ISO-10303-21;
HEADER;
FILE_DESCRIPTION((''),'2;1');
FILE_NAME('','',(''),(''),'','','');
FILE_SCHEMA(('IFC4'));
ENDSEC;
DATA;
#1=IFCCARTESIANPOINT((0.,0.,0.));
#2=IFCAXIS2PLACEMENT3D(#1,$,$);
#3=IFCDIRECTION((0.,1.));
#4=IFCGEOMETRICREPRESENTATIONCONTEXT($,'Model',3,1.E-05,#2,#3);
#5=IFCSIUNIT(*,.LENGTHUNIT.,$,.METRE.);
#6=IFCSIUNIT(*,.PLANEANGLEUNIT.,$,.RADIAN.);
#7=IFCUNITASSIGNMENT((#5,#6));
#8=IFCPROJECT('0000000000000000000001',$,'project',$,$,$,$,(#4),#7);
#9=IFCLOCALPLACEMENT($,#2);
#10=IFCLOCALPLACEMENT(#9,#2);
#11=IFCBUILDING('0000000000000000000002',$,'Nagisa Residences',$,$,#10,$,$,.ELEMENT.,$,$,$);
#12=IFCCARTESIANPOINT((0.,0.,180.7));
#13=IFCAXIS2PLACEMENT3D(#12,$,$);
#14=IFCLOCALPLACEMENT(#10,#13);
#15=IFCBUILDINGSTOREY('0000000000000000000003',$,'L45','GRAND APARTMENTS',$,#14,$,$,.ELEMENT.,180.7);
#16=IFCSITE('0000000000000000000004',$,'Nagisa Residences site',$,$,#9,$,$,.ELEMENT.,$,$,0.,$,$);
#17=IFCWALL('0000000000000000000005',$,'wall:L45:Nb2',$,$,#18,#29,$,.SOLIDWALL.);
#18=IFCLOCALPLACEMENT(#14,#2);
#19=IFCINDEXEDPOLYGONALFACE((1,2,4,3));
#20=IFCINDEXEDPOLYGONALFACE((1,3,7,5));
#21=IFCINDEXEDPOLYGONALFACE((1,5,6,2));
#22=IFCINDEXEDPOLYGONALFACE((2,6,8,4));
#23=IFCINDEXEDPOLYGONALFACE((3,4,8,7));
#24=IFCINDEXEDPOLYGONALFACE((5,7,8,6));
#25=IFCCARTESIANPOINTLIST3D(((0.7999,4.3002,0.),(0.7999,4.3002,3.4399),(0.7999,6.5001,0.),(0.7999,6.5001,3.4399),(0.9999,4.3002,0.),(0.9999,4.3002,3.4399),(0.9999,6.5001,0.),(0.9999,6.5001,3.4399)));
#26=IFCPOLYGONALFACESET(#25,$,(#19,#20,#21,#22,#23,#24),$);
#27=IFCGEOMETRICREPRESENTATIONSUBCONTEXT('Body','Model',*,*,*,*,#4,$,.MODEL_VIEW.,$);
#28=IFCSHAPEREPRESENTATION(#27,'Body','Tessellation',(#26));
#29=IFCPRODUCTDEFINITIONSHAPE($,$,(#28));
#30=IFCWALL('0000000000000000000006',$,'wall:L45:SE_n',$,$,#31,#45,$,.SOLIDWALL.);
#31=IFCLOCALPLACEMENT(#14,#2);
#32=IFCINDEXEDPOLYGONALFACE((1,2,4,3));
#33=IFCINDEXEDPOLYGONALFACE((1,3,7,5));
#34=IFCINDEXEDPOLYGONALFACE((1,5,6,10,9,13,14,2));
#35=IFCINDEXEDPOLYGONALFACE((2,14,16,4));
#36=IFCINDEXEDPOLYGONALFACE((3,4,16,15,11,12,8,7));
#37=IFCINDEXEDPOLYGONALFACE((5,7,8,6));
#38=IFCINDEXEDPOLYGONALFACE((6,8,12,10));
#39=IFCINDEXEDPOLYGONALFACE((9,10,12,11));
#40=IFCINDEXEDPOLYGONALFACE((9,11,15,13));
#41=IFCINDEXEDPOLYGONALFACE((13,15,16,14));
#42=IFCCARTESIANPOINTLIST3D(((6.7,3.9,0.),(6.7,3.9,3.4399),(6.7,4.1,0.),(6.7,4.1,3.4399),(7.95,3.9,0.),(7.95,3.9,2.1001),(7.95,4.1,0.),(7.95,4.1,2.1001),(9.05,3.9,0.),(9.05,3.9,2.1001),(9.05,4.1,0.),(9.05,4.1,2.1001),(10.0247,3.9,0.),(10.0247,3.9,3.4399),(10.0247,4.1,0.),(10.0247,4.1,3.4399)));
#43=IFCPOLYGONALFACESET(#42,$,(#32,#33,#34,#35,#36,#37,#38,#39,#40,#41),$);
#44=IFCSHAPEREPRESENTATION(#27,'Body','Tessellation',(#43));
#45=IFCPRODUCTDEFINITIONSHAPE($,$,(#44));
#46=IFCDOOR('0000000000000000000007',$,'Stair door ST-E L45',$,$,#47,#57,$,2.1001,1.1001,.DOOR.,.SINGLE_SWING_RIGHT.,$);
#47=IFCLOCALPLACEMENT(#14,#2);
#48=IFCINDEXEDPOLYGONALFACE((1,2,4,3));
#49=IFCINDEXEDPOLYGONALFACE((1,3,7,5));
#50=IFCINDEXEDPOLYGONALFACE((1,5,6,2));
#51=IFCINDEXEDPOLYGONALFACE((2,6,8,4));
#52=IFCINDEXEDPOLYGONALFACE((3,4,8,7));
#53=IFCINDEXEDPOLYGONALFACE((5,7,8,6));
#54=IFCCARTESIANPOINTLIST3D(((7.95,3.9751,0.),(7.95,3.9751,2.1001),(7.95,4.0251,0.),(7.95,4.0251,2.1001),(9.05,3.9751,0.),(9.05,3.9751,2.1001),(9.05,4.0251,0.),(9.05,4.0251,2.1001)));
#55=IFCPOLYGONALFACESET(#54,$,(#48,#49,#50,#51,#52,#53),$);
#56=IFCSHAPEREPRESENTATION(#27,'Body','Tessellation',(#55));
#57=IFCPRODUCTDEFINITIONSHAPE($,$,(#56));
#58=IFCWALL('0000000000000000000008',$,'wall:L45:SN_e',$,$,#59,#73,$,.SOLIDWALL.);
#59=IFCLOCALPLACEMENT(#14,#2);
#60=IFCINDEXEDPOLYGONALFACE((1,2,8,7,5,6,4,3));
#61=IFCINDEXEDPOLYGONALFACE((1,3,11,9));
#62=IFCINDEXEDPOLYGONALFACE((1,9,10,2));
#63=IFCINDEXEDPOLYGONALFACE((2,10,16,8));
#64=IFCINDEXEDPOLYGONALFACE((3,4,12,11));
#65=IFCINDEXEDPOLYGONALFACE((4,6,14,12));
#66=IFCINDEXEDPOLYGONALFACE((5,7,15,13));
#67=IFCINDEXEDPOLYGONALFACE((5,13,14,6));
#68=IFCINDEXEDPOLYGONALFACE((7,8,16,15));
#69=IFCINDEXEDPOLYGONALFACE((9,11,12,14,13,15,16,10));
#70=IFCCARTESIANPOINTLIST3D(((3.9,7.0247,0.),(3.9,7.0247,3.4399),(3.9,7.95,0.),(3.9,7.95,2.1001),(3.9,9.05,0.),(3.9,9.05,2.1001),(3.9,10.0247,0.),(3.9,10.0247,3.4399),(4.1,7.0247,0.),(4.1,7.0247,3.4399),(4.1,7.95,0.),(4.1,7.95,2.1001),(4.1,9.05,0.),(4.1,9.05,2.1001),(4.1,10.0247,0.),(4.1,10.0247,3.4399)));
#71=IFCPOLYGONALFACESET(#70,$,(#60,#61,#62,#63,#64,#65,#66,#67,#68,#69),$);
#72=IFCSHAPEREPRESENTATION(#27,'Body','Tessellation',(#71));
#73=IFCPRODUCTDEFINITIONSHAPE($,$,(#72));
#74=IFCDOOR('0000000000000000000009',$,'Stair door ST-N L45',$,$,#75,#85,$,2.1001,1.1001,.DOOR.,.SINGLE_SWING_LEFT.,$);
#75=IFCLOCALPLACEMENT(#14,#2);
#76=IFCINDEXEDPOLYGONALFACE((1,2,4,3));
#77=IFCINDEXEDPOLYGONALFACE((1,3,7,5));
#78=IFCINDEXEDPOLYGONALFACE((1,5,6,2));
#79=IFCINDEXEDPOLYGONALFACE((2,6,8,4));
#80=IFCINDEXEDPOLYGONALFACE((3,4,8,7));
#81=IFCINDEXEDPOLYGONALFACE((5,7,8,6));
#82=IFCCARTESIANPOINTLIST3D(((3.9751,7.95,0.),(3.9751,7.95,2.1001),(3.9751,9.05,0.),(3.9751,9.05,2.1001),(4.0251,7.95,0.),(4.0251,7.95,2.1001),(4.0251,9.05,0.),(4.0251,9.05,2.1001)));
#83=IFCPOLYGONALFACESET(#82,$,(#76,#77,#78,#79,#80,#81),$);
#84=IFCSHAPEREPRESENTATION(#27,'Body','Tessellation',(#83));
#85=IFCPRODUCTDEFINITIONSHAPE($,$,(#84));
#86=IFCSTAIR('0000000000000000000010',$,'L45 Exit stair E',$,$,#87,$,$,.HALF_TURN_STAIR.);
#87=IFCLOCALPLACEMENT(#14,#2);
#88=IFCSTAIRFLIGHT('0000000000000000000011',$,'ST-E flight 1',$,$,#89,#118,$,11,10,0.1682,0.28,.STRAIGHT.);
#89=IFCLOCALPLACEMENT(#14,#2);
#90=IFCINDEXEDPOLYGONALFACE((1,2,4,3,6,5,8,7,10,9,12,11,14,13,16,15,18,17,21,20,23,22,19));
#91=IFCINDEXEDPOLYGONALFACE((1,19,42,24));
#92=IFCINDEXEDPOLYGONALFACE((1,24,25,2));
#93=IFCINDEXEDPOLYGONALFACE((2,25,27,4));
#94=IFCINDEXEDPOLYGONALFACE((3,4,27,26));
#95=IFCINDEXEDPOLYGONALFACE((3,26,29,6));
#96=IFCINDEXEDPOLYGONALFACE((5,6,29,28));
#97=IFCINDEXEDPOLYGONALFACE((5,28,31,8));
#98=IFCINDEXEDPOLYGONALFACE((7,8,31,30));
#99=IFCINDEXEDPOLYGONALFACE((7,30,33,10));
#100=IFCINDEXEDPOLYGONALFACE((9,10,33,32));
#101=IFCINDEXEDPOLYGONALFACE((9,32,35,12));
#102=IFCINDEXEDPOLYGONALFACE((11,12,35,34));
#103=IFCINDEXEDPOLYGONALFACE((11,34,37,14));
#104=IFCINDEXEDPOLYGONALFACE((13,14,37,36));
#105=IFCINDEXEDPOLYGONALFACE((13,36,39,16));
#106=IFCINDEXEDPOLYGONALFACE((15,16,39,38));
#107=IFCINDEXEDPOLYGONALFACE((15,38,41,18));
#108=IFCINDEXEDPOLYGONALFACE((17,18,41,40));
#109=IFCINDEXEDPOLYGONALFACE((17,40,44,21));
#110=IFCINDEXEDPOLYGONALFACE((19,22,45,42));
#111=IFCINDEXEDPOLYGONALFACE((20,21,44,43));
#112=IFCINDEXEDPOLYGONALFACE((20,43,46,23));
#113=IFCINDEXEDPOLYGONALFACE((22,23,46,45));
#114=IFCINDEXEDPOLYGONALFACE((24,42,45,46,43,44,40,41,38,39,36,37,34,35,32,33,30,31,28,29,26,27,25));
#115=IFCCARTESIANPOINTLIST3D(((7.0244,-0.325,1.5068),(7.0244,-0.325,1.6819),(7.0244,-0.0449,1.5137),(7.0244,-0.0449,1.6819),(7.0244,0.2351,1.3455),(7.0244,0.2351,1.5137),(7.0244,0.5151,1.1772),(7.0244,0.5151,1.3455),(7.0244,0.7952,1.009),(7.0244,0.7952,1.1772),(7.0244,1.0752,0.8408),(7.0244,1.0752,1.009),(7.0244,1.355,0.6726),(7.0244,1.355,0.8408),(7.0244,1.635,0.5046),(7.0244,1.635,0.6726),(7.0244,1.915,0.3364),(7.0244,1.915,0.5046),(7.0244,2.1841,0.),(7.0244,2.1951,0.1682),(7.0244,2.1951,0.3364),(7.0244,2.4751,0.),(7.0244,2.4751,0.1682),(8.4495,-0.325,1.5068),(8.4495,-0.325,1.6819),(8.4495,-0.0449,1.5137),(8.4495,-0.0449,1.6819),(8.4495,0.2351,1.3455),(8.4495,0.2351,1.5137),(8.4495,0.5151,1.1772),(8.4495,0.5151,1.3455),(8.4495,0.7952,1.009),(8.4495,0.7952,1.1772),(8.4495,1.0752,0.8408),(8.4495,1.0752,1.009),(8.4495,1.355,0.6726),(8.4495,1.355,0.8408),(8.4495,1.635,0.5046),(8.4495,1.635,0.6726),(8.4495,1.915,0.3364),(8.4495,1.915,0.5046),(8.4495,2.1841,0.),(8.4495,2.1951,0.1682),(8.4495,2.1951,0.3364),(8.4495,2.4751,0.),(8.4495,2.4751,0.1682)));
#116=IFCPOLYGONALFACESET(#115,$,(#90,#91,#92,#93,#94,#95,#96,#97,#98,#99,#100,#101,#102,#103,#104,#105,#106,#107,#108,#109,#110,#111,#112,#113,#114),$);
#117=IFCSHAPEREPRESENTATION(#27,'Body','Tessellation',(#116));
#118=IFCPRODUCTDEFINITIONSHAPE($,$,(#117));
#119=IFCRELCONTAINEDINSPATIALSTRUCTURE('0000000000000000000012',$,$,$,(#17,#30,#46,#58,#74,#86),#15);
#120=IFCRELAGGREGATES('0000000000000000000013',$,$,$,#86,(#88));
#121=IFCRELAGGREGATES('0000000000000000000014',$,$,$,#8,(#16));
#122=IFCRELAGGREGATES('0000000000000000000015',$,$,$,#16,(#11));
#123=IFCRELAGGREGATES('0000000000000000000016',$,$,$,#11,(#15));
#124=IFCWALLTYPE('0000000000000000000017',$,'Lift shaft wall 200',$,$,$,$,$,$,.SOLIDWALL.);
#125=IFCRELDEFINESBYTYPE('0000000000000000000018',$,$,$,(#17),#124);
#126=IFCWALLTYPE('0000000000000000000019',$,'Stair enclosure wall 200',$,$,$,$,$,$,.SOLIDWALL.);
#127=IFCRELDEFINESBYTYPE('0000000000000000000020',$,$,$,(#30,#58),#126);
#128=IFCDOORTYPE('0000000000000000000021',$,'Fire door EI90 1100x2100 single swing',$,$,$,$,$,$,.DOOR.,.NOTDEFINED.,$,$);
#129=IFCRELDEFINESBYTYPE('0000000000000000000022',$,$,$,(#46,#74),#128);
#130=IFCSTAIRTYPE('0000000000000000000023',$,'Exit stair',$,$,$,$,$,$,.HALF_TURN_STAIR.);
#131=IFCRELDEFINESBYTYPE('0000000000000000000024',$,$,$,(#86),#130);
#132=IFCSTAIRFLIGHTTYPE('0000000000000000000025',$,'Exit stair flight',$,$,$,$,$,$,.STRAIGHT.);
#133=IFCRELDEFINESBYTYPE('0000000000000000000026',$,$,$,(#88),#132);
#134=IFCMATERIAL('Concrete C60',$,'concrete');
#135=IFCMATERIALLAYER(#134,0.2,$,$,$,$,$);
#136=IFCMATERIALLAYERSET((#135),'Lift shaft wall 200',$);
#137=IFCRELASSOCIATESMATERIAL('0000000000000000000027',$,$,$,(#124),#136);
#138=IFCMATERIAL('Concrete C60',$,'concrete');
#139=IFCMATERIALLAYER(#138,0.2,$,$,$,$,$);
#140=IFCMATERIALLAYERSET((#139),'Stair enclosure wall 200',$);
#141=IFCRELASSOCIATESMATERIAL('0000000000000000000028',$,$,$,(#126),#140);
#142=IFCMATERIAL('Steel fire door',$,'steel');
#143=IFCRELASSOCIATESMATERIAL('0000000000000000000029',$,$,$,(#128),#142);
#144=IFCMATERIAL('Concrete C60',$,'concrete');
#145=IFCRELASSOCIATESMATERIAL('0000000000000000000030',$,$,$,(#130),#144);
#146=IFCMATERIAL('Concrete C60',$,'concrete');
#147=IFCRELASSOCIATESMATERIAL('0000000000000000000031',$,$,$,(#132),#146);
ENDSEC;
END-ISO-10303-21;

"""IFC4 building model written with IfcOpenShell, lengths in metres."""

from ifc_helpers import new_model, si_unit, direction, frame, frame_2d, origin, place, context, subcontext, project, spatial, polyline, rectangle, outline, extrude, material, layer, layer_set, type_object, element, fill, aggregate, save


model = new_model("IFC4")

# Units and contexts
model_context = context("Model", 3, precision=1e-05, world=origin(), true_north=direction((0.0, 1.0)))
body_context = subcontext(model_context, "Body", "Model", "MODEL_VIEW")
ifc_project = project(units=[si_unit("LENGTHUNIT", "METRE"), si_unit("PLANEANGLEUNIT", "RADIAN")], contexts=[model_context])

# Site, building, storey
site_placement = place(None, origin())
site = spatial("IfcSite", under=ifc_project, at=site_placement, Name="Nagisa Residences site", CompositionType="ELEMENT", RefElevation=0.0)
building_placement = place(site_placement, origin())
building = spatial("IfcBuilding", under=site, at=building_placement, Name="Nagisa Residences", CompositionType="ELEMENT")
storey_placement = place(building_placement, frame((0.0, 0.0, 180.7)))
storey = spatial("IfcBuildingStorey", under=building, at=storey_placement, Name="L45", Description="GRAND APARTMENTS", CompositionType="ELEMENT", Elevation=180.7)

# Shared definitions
ifc_material_1 = material(Name="Concrete C60", Category="concrete")
ifc_layer_1 = layer(ifc_material_1, 0.2)
ifc_layer_set_1 = layer_set([ifc_layer_1], Name="Lift shaft wall 200")
wall_type_1 = type_object("IfcWallType", Name="Lift shaft wall 200", PredefinedType="SOLIDWALL", material=ifc_layer_set_1)

# Wall
wall_1_placement = place(storey_placement, frame((0.8999, 4.3, 0.0), z_axis=(0.0, 0.0, 1.0), x_axis=(0.0, 1.0, 0.0)))
element("IfcWall", 1, at=wall_1_placement, inside=storey, type_object=wall_type_1, Name="wall:L45:Nb2", PredefinedType="SOLIDWALL", context=body_context, shape_type="SweptSolid", body=[
    extrude(rectangle(XDim=2.2, YDim=0.2, at=frame_2d((1.1001, 0.0))), origin(), (0.0, 0.0, 1.0), 3.4399),
])

# Walls, openings, doors
ifc_material_2 = material(Name="Concrete C60", Category="concrete")
ifc_layer_2 = layer(ifc_material_2, 0.2)
ifc_layer_set_2 = layer_set([ifc_layer_2], Name="Stair enclosure wall 200")
wall_type_2 = type_object("IfcWallType", Name="Stair enclosure wall 200", PredefinedType="SOLIDWALL", material=ifc_layer_set_2)
wall_2_placement = place(storey_placement, frame((6.7, 4.0, 0.0), z_axis=(0.0, 0.0, 1.0), x_axis=(1.0, 0.0, 0.0)))
wall_2 = element("IfcWall", 2, at=wall_2_placement, inside=storey, type_object=wall_type_2, Name="wall:L45:SE_n", PredefinedType="SOLIDWALL", context=body_context, shape_type="SweptSolid", body=[
    extrude(rectangle(XDim=3.3247, YDim=0.2, at=frame_2d((1.6624, 0.0))), origin(), (0.0, 0.0, 1.0), 3.4399),
])
opening_1_placement = place(wall_2_placement, frame((1.25, 0.0, 0.0)))
opening_1 = element("IfcOpeningElement", 3, at=opening_1_placement, cuts=wall_2, PredefinedType="OPENING", context=body_context, shape_type="SweptSolid", body=[
    extrude(rectangle(XDim=1.1001, YDim=2.1001, at=frame_2d((0.55, 1.05))), frame((0.0, 0.1099, 0.0), z_axis=(0.0, -1.0, 0.0), x_axis=(1.0, 0.0, 0.0)), (0.0, 0.0, 1.0), 0.22),
])
ifc_material_3 = material(Name="Steel fire door", Category="steel")
door_type_1 = type_object("IfcDoorType", Name="Fire door EI90 1100x2100 single swing", OperationType="NOTDEFINED", PredefinedType="DOOR", material=ifc_material_3)
door_1_placement = place(opening_1_placement, frame((1.1001, 0.0, 0.0), x_axis=(-1.0, 0.0, 0.0)))
door_1 = element("IfcDoor", 4, at=door_1_placement, inside=storey, type_object=door_type_1, Name="Stair door ST-E L45", OperationType="SINGLE_SWING_RIGHT", OverallHeight=2.1001, OverallWidth=1.1001, PredefinedType="DOOR", context=body_context, shape_type="SweptSolid", body=[
    extrude(rectangle(XDim=1.1001, YDim=2.1001, at=frame_2d((0.55, 1.05))), frame((0.0, 0.0249, 0.0), z_axis=(0.0, -1.0, 0.0), x_axis=(1.0, 0.0, 0.0)), (0.0, 0.0, 1.0), 0.05),
])
fill(opening_1, door_1)
wall_3_placement = place(storey_placement, frame((4.0, 7.0247, 0.0), z_axis=(0.0, 0.0, 1.0), x_axis=(0.0, 1.0, 0.0)))
wall_3 = element("IfcWall", 5, at=wall_3_placement, inside=storey, type_object=wall_type_2, Name="wall:L45:SN_e", PredefinedType="SOLIDWALL", context=body_context, shape_type="SweptSolid", body=[
    extrude(rectangle(XDim=3.0, YDim=0.2, at=frame_2d((1.5, 0.0))), origin(), (0.0, 0.0, 1.0), 3.4399),
])
opening_2_placement = place(wall_3_placement, frame((0.9253, 0.0, 0.0)))
opening_2 = element("IfcOpeningElement", 6, at=opening_2_placement, cuts=wall_3, PredefinedType="OPENING", context=body_context, shape_type="SweptSolid", body=[
    extrude(rectangle(XDim=1.1001, YDim=2.1001, at=frame_2d((0.55, 1.05))), frame((0.0, 0.1099, 0.0), z_axis=(0.0, -1.0, 0.0), x_axis=(1.0, 0.0, 0.0)), (0.0, 0.0, 1.0), 0.22),
])
door_2_placement = place(opening_2_placement, origin())
door_2 = element("IfcDoor", 7, at=door_2_placement, inside=storey, type_object=door_type_1, Name="Stair door ST-N L45", OperationType="SINGLE_SWING_LEFT", OverallHeight=2.1001, OverallWidth=1.1001, PredefinedType="DOOR", context=body_context, shape_type="SweptSolid", body=[
    extrude(rectangle(XDim=1.1001, YDim=2.1001, at=frame_2d((0.55, 1.05))), frame((0.0, 0.0249, 0.0), z_axis=(0.0, -1.0, 0.0), x_axis=(1.0, 0.0, 0.0)), (0.0, 0.0, 1.0), 0.05),
])
fill(opening_2, door_2)

# Stair, stair flight
ifc_material_4 = material(Name="Concrete C60", Category="concrete")
stair_type = type_object("IfcStairType", Name="Exit stair", PredefinedType="HALF_TURN_STAIR", material=ifc_material_4)
stair_placement = place(storey_placement, origin())
stair = element("IfcStair", 8, at=stair_placement, inside=storey, type_object=stair_type, Name="L45 Exit stair E", PredefinedType="HALF_TURN_STAIR")
ifc_material_5 = material(Name="Concrete C60", Category="concrete")
stair_flight_type = type_object("IfcStairFlightType", Name="Exit stair flight", PredefinedType="STRAIGHT", material=ifc_material_5)
stair_flight_placement = place(storey_placement, frame((7.7371, 2.4751, 0.0), z_axis=(0.0, 0.0, 1.0), x_axis=(0.0, -1.0, 0.0)))
stair_flight = element("IfcStairFlight", 9, at=stair_flight_placement, type_object=stair_flight_type, Name="ST-E flight 1", NumberOfRisers=11, NumberOfTreads=10, PredefinedType="STRAIGHT", RiserHeight=0.1682, TreadLength=0.28, context=body_context, shape_type="SweptSolid", body=[
    extrude(outline(polyline([(0.0, 0.0), (0.0, 0.1682), (0.28, 0.1682), (0.28, 0.3364), (0.5601, 0.3364), (0.5601, 0.5046), (0.8401, 0.5046), (0.8401, 0.6726), (1.1201, 0.6726), (1.1201, 0.8408), (1.3999, 0.8408), (1.3999, 1.009), (1.6799, 1.009), (1.6799, 1.1772), (1.96, 1.1772), (1.96, 1.3455), (2.24, 1.3455), (2.24, 1.5137), (2.52, 1.5137), (2.52, 1.6819), (2.8, 1.6819), (2.8, 1.8501), (2.8, 1.5068), (0.291, 0.0), (0.0, 0.0)])), frame((0.0, 0.7124, 0.0), z_axis=(0.0, -1.0, 0.0), x_axis=(1.0, 0.0, 0.0)), (0.0, 0.0, 1.0), 1.425),
])
aggregate(stair, [stair_flight])

save(model, "model.ifc")
